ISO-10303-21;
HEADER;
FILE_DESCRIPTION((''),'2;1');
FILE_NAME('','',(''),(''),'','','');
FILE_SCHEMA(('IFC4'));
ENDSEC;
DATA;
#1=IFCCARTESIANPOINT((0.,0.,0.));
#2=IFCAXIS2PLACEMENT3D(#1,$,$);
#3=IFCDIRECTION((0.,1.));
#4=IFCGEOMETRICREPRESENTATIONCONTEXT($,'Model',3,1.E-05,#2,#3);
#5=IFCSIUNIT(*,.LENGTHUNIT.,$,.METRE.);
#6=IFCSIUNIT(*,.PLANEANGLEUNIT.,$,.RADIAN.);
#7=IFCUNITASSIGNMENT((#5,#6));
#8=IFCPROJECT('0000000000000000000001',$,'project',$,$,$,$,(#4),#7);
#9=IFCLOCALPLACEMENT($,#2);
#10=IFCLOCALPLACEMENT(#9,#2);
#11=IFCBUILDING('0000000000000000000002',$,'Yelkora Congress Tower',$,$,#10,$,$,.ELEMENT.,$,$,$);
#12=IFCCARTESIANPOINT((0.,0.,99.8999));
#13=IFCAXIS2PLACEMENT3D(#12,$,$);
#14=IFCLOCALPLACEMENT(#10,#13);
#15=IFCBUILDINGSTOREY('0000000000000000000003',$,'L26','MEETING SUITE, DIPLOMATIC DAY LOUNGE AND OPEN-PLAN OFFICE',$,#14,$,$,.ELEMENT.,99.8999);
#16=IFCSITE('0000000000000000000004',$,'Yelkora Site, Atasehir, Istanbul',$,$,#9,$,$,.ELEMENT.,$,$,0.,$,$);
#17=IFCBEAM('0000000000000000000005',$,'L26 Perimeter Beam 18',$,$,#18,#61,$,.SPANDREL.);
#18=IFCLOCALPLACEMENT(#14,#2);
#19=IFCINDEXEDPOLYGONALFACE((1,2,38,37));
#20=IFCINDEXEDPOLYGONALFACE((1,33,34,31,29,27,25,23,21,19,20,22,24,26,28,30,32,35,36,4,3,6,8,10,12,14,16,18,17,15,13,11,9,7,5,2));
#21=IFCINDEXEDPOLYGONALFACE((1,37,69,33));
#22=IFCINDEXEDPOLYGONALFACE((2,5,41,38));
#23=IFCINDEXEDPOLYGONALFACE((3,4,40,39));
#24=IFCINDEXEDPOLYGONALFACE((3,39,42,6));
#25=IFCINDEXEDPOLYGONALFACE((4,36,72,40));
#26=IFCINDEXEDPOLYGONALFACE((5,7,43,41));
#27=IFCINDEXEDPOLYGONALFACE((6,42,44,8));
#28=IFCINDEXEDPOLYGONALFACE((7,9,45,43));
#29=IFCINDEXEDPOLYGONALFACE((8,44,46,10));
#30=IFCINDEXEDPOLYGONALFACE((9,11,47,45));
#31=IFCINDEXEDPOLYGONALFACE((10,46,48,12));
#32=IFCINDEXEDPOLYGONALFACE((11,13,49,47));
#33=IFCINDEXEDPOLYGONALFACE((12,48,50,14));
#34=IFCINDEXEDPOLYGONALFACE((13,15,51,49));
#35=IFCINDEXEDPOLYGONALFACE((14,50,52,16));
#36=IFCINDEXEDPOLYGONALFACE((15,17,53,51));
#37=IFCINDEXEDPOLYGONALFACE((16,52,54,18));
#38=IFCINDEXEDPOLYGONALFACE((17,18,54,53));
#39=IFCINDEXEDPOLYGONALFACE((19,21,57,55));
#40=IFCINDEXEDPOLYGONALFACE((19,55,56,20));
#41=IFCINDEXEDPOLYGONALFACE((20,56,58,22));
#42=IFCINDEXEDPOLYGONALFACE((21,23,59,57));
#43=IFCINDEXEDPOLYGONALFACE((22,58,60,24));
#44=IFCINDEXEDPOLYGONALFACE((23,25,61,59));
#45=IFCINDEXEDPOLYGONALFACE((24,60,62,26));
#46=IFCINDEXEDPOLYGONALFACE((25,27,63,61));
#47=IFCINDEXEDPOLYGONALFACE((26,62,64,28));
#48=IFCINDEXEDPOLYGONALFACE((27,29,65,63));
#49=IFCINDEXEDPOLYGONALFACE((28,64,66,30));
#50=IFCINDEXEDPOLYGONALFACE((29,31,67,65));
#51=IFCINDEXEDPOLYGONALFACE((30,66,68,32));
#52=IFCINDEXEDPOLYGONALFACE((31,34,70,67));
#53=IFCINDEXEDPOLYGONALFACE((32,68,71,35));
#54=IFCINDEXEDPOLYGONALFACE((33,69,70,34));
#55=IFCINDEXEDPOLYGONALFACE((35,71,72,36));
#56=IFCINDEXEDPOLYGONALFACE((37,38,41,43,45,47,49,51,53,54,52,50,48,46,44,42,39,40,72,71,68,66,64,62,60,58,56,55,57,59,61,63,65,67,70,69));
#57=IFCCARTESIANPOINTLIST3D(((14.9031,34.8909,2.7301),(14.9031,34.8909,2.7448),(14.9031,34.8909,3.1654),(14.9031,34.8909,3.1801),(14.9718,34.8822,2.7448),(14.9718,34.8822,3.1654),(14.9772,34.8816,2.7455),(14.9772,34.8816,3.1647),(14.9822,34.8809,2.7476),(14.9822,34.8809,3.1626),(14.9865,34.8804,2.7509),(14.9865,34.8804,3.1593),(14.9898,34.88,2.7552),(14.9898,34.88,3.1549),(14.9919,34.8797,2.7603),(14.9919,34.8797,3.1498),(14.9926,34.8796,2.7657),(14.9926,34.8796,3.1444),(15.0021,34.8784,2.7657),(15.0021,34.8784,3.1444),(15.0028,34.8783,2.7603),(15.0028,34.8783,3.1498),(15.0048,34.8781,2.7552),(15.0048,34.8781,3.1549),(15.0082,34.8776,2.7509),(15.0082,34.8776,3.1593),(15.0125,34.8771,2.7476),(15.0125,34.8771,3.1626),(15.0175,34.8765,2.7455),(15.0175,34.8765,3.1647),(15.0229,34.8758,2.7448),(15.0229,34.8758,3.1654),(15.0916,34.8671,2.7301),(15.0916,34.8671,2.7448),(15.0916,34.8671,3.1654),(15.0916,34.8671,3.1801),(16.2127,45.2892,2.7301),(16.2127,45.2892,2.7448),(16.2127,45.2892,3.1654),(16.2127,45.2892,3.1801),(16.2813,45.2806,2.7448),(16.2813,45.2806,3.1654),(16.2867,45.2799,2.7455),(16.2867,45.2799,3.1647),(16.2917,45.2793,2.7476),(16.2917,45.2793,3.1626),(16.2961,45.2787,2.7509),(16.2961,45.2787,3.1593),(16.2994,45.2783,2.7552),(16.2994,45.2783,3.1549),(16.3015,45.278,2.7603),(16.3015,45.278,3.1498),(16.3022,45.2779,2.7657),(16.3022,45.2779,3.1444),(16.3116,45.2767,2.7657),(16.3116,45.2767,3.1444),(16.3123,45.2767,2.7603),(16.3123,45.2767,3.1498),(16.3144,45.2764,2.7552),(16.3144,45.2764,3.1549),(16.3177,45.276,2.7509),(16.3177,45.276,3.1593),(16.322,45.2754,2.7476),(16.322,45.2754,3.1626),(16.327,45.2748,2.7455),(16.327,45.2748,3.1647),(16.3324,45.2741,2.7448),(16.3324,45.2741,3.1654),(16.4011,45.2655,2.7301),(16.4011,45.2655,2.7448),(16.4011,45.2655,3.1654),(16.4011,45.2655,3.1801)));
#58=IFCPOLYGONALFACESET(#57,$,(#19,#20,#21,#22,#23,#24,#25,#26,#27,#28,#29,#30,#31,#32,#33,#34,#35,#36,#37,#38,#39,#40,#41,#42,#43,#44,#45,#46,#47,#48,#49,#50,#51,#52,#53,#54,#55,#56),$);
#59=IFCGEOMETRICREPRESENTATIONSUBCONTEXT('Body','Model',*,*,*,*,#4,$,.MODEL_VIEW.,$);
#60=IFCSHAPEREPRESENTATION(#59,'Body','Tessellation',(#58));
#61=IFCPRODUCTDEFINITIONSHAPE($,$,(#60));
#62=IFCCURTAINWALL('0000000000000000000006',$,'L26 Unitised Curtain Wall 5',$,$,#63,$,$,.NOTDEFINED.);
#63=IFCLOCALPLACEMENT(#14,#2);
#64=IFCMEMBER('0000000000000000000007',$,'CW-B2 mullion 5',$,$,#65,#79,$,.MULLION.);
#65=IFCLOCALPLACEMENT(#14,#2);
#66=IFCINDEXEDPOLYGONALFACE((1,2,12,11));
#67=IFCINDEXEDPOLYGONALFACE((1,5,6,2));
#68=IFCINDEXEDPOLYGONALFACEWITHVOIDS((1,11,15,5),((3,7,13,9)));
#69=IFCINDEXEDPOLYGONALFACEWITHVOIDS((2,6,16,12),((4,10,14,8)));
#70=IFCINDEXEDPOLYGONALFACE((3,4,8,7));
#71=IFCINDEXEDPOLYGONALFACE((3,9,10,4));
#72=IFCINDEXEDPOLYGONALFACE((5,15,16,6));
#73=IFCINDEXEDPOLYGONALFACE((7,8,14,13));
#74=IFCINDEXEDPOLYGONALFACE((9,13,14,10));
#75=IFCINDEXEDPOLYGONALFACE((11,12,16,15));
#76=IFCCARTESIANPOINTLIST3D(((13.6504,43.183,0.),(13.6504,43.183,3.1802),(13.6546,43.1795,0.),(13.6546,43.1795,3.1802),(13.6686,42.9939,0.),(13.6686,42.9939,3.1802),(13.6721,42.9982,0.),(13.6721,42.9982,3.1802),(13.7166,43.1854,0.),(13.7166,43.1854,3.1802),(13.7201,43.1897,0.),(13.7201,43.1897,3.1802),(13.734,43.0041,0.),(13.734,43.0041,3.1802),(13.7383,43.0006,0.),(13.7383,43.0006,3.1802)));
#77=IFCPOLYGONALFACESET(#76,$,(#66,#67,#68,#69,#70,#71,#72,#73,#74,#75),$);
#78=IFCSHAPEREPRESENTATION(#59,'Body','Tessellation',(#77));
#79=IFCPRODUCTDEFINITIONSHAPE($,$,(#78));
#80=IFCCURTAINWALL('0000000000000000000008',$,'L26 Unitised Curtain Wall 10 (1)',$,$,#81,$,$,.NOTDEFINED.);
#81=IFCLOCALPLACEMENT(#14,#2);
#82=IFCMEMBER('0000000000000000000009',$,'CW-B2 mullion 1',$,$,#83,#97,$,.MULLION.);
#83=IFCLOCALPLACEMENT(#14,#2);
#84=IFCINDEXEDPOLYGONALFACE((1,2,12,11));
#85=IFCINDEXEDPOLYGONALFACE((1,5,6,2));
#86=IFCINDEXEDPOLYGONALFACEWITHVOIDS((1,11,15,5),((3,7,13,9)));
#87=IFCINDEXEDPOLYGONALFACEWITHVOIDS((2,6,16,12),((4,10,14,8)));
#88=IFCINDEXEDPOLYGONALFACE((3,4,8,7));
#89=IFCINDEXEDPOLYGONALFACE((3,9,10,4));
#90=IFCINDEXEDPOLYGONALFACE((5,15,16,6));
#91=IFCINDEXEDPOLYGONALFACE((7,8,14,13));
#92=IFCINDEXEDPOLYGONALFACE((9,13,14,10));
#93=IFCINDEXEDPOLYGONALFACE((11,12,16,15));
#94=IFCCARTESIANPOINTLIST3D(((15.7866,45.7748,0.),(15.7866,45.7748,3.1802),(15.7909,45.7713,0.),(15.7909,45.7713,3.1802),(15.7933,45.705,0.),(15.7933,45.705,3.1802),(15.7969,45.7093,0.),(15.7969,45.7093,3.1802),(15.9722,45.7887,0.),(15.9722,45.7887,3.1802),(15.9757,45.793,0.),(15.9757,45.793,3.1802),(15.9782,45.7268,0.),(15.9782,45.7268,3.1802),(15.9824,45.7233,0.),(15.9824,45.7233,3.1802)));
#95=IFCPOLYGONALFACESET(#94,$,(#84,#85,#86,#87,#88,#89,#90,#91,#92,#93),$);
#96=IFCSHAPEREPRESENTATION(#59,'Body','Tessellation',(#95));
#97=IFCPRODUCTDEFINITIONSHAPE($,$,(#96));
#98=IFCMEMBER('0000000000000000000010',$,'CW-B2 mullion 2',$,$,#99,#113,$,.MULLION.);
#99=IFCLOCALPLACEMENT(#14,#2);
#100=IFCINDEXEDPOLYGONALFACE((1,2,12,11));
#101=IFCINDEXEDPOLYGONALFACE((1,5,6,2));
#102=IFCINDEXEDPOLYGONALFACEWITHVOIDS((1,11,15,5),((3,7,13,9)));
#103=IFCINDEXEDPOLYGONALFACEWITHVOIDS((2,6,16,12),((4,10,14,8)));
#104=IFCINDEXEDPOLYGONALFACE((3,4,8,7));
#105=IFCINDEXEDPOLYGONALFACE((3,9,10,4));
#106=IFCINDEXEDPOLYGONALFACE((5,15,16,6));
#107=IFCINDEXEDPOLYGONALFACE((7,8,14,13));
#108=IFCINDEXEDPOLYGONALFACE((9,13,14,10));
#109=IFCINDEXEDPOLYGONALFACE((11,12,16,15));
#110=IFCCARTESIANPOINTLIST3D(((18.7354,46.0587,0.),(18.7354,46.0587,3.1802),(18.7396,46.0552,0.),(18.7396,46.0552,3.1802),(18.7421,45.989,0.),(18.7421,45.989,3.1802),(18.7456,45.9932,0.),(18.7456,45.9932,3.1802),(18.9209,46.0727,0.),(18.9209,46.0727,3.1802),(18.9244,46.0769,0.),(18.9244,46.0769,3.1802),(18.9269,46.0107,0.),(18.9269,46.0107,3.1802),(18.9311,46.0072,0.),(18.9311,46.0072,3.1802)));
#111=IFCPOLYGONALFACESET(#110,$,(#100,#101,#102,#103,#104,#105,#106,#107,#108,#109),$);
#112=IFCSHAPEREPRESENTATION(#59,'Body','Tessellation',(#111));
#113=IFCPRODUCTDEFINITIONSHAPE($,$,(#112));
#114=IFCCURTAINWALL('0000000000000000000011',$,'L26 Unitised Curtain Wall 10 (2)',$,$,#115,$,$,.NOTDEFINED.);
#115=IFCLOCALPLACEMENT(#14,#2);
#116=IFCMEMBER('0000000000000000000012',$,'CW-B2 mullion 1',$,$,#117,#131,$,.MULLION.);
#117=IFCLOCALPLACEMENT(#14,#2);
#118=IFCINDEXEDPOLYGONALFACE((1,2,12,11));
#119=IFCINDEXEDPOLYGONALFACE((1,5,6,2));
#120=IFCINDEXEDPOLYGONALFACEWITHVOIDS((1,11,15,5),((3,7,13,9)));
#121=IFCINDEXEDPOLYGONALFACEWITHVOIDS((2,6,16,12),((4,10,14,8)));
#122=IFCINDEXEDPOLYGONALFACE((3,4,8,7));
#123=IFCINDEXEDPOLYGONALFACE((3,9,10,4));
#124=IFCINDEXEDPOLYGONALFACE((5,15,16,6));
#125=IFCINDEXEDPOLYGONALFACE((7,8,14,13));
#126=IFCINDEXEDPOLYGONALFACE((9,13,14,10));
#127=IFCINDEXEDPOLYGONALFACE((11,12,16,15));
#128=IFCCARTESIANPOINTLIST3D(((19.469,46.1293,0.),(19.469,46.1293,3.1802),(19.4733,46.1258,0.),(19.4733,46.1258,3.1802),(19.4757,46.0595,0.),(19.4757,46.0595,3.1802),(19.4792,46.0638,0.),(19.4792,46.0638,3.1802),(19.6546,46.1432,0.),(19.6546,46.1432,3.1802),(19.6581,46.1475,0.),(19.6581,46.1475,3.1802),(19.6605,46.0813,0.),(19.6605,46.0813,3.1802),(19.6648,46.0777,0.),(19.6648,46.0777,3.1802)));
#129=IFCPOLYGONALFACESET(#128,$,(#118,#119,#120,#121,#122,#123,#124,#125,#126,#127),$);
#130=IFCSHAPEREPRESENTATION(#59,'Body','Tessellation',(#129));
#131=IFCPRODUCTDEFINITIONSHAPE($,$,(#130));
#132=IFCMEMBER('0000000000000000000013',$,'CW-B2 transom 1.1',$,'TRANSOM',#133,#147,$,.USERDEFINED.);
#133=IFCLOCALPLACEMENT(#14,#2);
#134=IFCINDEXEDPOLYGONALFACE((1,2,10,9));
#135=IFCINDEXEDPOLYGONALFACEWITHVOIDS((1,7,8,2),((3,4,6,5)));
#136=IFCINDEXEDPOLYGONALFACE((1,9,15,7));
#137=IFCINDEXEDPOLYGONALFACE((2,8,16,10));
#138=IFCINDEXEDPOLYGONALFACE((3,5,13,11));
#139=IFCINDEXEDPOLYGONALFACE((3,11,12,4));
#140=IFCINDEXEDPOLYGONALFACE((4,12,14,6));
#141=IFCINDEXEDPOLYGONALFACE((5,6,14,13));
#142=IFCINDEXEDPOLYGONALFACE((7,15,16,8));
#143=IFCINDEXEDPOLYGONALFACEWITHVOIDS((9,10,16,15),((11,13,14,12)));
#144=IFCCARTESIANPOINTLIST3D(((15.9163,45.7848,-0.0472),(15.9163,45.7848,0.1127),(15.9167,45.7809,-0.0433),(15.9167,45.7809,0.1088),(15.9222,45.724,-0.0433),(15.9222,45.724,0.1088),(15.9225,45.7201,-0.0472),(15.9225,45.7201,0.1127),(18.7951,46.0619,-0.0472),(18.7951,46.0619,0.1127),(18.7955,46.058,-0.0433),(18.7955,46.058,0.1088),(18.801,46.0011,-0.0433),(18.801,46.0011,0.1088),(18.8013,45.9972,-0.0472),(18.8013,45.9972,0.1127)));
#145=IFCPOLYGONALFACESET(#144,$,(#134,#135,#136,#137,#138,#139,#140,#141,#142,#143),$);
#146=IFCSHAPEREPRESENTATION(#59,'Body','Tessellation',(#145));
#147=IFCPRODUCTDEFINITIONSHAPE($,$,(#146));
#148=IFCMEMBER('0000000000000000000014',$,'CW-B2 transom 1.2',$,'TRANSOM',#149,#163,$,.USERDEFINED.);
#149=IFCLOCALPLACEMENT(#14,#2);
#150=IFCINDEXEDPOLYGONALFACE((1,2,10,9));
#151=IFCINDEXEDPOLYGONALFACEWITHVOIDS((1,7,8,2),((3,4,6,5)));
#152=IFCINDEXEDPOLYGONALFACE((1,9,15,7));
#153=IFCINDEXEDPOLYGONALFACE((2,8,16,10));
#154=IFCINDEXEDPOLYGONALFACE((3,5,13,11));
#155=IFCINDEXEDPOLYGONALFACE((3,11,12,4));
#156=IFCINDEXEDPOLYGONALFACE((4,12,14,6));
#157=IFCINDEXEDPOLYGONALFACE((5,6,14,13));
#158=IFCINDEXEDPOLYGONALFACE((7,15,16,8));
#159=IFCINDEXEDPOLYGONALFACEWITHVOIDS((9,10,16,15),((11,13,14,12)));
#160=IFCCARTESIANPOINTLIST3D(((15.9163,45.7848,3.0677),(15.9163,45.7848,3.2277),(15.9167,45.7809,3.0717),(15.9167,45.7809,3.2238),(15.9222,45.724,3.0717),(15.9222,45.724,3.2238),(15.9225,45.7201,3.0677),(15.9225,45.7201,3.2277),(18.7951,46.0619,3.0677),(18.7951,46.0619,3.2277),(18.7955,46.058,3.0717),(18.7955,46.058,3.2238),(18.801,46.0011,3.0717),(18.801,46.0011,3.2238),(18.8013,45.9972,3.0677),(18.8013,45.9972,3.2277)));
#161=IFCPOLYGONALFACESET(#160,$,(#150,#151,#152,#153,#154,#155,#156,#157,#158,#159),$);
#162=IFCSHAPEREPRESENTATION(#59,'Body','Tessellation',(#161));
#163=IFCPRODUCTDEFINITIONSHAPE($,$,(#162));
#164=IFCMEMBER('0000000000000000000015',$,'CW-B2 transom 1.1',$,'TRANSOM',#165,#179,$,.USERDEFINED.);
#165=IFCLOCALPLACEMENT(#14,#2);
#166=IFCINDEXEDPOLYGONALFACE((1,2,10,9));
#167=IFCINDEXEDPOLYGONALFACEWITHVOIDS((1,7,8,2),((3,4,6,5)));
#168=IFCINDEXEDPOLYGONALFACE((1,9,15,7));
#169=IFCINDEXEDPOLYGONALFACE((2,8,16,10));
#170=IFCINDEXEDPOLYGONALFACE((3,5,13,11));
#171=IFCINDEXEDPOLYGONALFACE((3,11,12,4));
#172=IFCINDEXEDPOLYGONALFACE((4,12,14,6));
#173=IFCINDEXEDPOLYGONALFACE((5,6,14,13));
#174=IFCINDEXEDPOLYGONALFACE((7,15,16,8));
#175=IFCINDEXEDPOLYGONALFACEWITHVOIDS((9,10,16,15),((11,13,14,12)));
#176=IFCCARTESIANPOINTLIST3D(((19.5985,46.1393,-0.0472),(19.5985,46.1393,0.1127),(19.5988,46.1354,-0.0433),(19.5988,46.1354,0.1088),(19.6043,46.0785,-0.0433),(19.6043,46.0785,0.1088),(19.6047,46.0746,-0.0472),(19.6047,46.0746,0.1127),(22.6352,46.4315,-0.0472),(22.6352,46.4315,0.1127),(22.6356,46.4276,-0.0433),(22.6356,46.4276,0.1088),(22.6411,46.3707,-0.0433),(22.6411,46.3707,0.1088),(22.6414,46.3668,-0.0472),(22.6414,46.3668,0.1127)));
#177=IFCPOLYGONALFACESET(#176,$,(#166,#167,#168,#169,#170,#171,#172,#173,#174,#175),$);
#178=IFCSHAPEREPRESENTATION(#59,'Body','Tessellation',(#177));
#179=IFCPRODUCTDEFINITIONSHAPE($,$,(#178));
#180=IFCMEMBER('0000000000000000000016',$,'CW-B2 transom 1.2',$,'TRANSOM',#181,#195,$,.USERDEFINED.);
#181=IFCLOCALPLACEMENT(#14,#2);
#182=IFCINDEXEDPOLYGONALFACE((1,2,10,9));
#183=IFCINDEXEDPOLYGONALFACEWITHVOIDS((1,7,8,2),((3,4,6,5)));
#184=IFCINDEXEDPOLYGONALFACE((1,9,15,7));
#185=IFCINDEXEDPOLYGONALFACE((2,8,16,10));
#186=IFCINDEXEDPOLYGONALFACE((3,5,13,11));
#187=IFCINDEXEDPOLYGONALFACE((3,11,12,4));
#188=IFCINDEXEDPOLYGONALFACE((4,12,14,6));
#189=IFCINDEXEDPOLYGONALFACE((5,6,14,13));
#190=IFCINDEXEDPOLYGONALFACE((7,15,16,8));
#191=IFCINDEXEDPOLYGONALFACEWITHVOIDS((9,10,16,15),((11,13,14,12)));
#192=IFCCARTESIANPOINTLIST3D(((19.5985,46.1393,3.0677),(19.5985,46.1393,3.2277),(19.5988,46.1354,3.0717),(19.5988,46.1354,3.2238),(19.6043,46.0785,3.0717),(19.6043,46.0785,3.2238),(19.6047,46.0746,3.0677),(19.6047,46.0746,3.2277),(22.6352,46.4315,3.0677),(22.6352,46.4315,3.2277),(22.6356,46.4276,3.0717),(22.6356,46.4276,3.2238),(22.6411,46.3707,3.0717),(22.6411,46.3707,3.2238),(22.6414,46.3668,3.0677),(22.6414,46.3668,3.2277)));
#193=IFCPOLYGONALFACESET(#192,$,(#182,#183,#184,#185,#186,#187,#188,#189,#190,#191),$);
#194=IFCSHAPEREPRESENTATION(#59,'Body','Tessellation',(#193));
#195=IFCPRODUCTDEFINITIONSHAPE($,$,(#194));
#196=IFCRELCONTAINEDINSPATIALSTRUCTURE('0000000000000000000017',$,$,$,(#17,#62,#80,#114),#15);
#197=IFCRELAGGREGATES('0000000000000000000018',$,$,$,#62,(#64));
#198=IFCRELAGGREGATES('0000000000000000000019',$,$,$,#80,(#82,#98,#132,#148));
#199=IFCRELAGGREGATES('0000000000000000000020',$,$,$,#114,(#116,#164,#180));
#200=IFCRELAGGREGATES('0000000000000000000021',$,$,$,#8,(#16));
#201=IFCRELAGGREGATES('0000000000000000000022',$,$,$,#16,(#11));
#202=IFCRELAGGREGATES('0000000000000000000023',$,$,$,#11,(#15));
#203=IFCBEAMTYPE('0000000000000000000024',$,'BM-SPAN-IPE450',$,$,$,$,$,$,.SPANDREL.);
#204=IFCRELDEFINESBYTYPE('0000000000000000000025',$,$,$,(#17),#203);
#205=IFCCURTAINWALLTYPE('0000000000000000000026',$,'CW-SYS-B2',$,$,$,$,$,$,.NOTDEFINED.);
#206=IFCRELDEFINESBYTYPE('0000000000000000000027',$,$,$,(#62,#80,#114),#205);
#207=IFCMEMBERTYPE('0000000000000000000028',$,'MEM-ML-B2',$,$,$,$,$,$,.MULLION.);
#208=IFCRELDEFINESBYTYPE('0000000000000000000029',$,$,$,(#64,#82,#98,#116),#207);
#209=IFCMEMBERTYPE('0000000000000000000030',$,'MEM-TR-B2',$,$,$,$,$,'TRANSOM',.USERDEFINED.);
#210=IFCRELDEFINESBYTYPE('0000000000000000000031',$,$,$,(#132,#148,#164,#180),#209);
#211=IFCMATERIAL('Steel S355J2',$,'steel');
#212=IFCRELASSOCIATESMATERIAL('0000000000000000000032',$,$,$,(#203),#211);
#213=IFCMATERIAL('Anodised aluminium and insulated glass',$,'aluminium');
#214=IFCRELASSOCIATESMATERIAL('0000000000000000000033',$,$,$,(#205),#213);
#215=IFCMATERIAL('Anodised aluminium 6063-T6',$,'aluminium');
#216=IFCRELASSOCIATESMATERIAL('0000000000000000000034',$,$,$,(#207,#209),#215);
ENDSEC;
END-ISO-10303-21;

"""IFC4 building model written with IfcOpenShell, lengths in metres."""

from ifc_helpers import new_model, si_unit, direction, frame, origin, origin_2d, place, context, subcontext, project, spatial, hollow_rectangle, i_section, extrude, material, material_profile, profile_set, type_object, element, aggregate, save


model = new_model("IFC4")

# Units and contexts
model_context = context("Model", 3, precision=1e-05, world=origin(), true_north=direction((0.0, 1.0)))
body_context = subcontext(model_context, "Body", "Model", "MODEL_VIEW")
ifc_project = project(units=[si_unit("LENGTHUNIT", "METRE"), si_unit("PLANEANGLEUNIT", "RADIAN")], contexts=[model_context])

# Site, building, storey
site_placement = place(None, origin())
site = spatial("IfcSite", under=ifc_project, at=site_placement, Name="Yelkora Site, Atasehir, Istanbul", CompositionType="ELEMENT", RefElevation=0.0)
building_placement = place(site_placement, origin())
building = spatial("IfcBuilding", under=site, at=building_placement, Name="Yelkora Congress Tower", CompositionType="ELEMENT")
storey_placement = place(building_placement, frame((0.0, 0.0, 99.8999)))
storey = spatial("IfcBuildingStorey", under=building, at=storey_placement, Name="L26", Description="MEETING SUITE, DIPLOMATIC DAY LOUNGE AND OPEN-PLAN OFFICE", CompositionType="ELEMENT", Elevation=99.8999)

# Beam
ifc_material_1 = material(Name="Steel S355J2", Category="steel")
ifc_material_profile_1 = material_profile(ifc_material_1, i_section(OverallWidth=0.1899, OverallDepth=0.45, WebThickness=0.0095, FlangeThickness=0.0146, FilletRadius=0.021, at=origin_2d()), Name="IPE 450")
ifc_profile_set_1 = profile_set([ifc_material_profile_1], Name="Steel S355J2")
beam_type_1 = type_object("IfcBeamType", Name="BM-SPAN-IPE450", PredefinedType="SPANDREL", material=ifc_profile_set_1)
beam_1_placement = place(storey_placement, frame((16.3069, 45.2773, 2.9551), z_axis=(-0.124952, -0.992163, 0.0), x_axis=(0.992163, -0.124952, 0.0)))
element("IfcBeam", 1, at=beam_1_placement, inside=storey, type_object=beam_type_1, Name="L26 Perimeter Beam 18", PredefinedType="SPANDREL", context=body_context, shape_type="SweptSolid", body=[
    extrude(i_section(OverallWidth=0.1899, OverallDepth=0.45, WebThickness=0.0095, FlangeThickness=0.0146, FilletRadius=0.021, at=origin_2d()), origin(), (0.0, 0.0, 1.0), 10.4805),
])

# Curtain wall, member
ifc_material_2 = material(Name="Anodised aluminium and insulated glass", Category="aluminium")
curtain_wall_type = type_object("IfcCurtainWallType", Name="CW-SYS-B2", PredefinedType="NOTDEFINED", material=ifc_material_2)
curtain_wall_1_placement = place(storey_placement, origin())
curtain_wall_1 = element("IfcCurtainWall", 2, at=curtain_wall_1_placement, inside=storey, type_object=curtain_wall_type, Name="L26 Unitised Curtain Wall 5", PredefinedType="NOTDEFINED")
ifc_material_3 = material(Name="Anodised aluminium 6063-T6", Category="aluminium")
ifc_material_profile_2 = material_profile(ifc_material_3, hollow_rectangle(XDim=0.0701, YDim=0.1899, WallThickness=0.0039, at=origin_2d()), Name="ALU 70x190x4")
ifc_profile_set_2 = profile_set([ifc_material_profile_2], Name="Anodised aluminium 6063-T6")
member_type_1 = type_object("IfcMemberType", Name="MEM-ML-B2", PredefinedType="MULLION", material=ifc_profile_set_2)
member_1_placement = place(storey_placement, frame((13.6943, 43.0918, 0.0), z_axis=(0.0, 0.0, 1.0), x_axis=(-0.995397, -0.095843, 0.0)))
member_1 = element("IfcMember", 3, at=member_1_placement, type_object=member_type_1, Name="CW-B2 mullion 5", PredefinedType="MULLION", context=body_context, shape_type="SweptSolid", body=[
    extrude(hollow_rectangle(XDim=0.0701, YDim=0.1899, WallThickness=0.0039, at=origin_2d()), origin(), (0.0, 0.0, 1.0), 3.1802),
])

# Curtain wall, members
curtain_wall_2_placement = place(storey_placement, origin())
curtain_wall_2 = element("IfcCurtainWall", 4, at=curtain_wall_2_placement, inside=storey, type_object=curtain_wall_type, Name="L26 Unitised Curtain Wall 10 (1)", PredefinedType="NOTDEFINED")
member_2_placement = place(storey_placement, frame((15.8845, 45.749, 0.0), z_axis=(0.0, 0.0, 1.0), x_axis=(-0.095839, 0.995397, 0.0)))
member_2 = element("IfcMember", 5, at=member_2_placement, type_object=member_type_1, Name="CW-B2 mullion 1", PredefinedType="MULLION", context=body_context, shape_type="SweptSolid", body=[
    extrude(hollow_rectangle(XDim=0.0701, YDim=0.1899, WallThickness=0.0039, at=origin_2d()), origin(), (0.0, 0.0, 1.0), 3.1802),
])
member_3_placement = place(storey_placement, frame((18.8333, 46.033, 0.0), z_axis=(0.0, 0.0, 1.0), x_axis=(-0.095839, 0.995397, 0.0)))
member_3 = element("IfcMember", 6, at=member_3_placement, type_object=member_type_1, Name="CW-B2 mullion 2", PredefinedType="MULLION", context=body_context, shape_type="SweptSolid", body=[
    extrude(hollow_rectangle(XDim=0.0701, YDim=0.1899, WallThickness=0.0039, at=origin_2d()), origin(), (0.0, 0.0, 1.0), 3.1802),
])

# Curtain wall, member
curtain_wall_3_placement = place(storey_placement, origin())
curtain_wall_3 = element("IfcCurtainWall", 7, at=curtain_wall_3_placement, inside=storey, type_object=curtain_wall_type, Name="L26 Unitised Curtain Wall 10 (2)", PredefinedType="NOTDEFINED")
member_4_placement = place(storey_placement, frame((19.5669, 46.1035, 0.0), z_axis=(0.0, 0.0, 1.0), x_axis=(-0.095841, 0.995397, 0.0)))
member_4 = element("IfcMember", 8, at=member_4_placement, type_object=member_type_1, Name="CW-B2 mullion 1", PredefinedType="MULLION", context=body_context, shape_type="SweptSolid", body=[
    extrude(hollow_rectangle(XDim=0.0701, YDim=0.1899, WallThickness=0.0039, at=origin_2d()), origin(), (0.0, 0.0, 1.0), 3.1802),
])

# Members
ifc_material_profile_3 = material_profile(ifc_material_3, hollow_rectangle(XDim=0.0649, YDim=0.1599, WallThickness=0.0039, at=origin_2d()), Name="ALU 65x160x4")
ifc_profile_set_3 = profile_set([ifc_material_profile_3], Name="Anodised aluminium 6063-T6")
member_type_2 = type_object("IfcMemberType", Name="MEM-TR-B2", ElementType="TRANSOM", PredefinedType="USERDEFINED", material=ifc_profile_set_3)
member_5_placement = place(storey_placement, frame((15.9194, 45.7524, 0.0327), z_axis=(0.9954, 0.095809, 0.0), x_axis=(-0.095809, 0.9954, 0.0)))
member_5 = element("IfcMember", 9, at=member_5_placement, type_object=member_type_2, Name="CW-B2 transom 1.1", ObjectType="TRANSOM", PredefinedType="USERDEFINED", context=body_context, shape_type="SweptSolid", body=[
    extrude(hollow_rectangle(XDim=0.0649, YDim=0.1599, WallThickness=0.0039, at=origin_2d()), origin(), (0.0, 0.0, 1.0), 2.8921),
])
member_6_placement = place(storey_placement, frame((15.9194, 45.7524, 3.1477), z_axis=(0.9954, 0.095809, 0.0), x_axis=(-0.095809, 0.9954, 0.0)))
member_6 = element("IfcMember", 10, at=member_6_placement, type_object=member_type_2, Name="CW-B2 transom 1.2", ObjectType="TRANSOM", PredefinedType="USERDEFINED", context=body_context, shape_type="SweptSolid", body=[
    extrude(hollow_rectangle(XDim=0.0649, YDim=0.1599, WallThickness=0.0039, at=origin_2d()), origin(), (0.0, 0.0, 1.0), 2.8921),
])
member_7_placement = place(storey_placement, frame((19.6016, 46.1069, 0.0327), z_axis=(0.995402, 0.095787, 0.0), x_axis=(-0.095787, 0.995402, 0.0)))
member_7 = element("IfcMember", 11, at=member_7_placement, type_object=member_type_2, Name="CW-B2 transom 1.1", ObjectType="TRANSOM", PredefinedType="USERDEFINED", context=body_context, shape_type="SweptSolid", body=[
    extrude(hollow_rectangle(XDim=0.0649, YDim=0.1599, WallThickness=0.0039, at=origin_2d()), origin(), (0.0, 0.0, 1.0), 3.0508),
])
member_8_placement = place(storey_placement, frame((19.6016, 46.1069, 3.1477), z_axis=(0.995402, 0.095787, 0.0), x_axis=(-0.095787, 0.995402, 0.0)))
member_8 = element("IfcMember", 12, at=member_8_placement, type_object=member_type_2, Name="CW-B2 transom 1.2", ObjectType="TRANSOM", PredefinedType="USERDEFINED", context=body_context, shape_type="SweptSolid", body=[
    extrude(hollow_rectangle(XDim=0.0649, YDim=0.1599, WallThickness=0.0039, at=origin_2d()), origin(), (0.0, 0.0, 1.0), 3.0508),
])

aggregate(curtain_wall_1, [member_1])
aggregate(curtain_wall_2, [member_2, member_3, member_5, member_6])
aggregate(curtain_wall_3, [member_4, member_7, member_8])

save(model, "model.ifc")
